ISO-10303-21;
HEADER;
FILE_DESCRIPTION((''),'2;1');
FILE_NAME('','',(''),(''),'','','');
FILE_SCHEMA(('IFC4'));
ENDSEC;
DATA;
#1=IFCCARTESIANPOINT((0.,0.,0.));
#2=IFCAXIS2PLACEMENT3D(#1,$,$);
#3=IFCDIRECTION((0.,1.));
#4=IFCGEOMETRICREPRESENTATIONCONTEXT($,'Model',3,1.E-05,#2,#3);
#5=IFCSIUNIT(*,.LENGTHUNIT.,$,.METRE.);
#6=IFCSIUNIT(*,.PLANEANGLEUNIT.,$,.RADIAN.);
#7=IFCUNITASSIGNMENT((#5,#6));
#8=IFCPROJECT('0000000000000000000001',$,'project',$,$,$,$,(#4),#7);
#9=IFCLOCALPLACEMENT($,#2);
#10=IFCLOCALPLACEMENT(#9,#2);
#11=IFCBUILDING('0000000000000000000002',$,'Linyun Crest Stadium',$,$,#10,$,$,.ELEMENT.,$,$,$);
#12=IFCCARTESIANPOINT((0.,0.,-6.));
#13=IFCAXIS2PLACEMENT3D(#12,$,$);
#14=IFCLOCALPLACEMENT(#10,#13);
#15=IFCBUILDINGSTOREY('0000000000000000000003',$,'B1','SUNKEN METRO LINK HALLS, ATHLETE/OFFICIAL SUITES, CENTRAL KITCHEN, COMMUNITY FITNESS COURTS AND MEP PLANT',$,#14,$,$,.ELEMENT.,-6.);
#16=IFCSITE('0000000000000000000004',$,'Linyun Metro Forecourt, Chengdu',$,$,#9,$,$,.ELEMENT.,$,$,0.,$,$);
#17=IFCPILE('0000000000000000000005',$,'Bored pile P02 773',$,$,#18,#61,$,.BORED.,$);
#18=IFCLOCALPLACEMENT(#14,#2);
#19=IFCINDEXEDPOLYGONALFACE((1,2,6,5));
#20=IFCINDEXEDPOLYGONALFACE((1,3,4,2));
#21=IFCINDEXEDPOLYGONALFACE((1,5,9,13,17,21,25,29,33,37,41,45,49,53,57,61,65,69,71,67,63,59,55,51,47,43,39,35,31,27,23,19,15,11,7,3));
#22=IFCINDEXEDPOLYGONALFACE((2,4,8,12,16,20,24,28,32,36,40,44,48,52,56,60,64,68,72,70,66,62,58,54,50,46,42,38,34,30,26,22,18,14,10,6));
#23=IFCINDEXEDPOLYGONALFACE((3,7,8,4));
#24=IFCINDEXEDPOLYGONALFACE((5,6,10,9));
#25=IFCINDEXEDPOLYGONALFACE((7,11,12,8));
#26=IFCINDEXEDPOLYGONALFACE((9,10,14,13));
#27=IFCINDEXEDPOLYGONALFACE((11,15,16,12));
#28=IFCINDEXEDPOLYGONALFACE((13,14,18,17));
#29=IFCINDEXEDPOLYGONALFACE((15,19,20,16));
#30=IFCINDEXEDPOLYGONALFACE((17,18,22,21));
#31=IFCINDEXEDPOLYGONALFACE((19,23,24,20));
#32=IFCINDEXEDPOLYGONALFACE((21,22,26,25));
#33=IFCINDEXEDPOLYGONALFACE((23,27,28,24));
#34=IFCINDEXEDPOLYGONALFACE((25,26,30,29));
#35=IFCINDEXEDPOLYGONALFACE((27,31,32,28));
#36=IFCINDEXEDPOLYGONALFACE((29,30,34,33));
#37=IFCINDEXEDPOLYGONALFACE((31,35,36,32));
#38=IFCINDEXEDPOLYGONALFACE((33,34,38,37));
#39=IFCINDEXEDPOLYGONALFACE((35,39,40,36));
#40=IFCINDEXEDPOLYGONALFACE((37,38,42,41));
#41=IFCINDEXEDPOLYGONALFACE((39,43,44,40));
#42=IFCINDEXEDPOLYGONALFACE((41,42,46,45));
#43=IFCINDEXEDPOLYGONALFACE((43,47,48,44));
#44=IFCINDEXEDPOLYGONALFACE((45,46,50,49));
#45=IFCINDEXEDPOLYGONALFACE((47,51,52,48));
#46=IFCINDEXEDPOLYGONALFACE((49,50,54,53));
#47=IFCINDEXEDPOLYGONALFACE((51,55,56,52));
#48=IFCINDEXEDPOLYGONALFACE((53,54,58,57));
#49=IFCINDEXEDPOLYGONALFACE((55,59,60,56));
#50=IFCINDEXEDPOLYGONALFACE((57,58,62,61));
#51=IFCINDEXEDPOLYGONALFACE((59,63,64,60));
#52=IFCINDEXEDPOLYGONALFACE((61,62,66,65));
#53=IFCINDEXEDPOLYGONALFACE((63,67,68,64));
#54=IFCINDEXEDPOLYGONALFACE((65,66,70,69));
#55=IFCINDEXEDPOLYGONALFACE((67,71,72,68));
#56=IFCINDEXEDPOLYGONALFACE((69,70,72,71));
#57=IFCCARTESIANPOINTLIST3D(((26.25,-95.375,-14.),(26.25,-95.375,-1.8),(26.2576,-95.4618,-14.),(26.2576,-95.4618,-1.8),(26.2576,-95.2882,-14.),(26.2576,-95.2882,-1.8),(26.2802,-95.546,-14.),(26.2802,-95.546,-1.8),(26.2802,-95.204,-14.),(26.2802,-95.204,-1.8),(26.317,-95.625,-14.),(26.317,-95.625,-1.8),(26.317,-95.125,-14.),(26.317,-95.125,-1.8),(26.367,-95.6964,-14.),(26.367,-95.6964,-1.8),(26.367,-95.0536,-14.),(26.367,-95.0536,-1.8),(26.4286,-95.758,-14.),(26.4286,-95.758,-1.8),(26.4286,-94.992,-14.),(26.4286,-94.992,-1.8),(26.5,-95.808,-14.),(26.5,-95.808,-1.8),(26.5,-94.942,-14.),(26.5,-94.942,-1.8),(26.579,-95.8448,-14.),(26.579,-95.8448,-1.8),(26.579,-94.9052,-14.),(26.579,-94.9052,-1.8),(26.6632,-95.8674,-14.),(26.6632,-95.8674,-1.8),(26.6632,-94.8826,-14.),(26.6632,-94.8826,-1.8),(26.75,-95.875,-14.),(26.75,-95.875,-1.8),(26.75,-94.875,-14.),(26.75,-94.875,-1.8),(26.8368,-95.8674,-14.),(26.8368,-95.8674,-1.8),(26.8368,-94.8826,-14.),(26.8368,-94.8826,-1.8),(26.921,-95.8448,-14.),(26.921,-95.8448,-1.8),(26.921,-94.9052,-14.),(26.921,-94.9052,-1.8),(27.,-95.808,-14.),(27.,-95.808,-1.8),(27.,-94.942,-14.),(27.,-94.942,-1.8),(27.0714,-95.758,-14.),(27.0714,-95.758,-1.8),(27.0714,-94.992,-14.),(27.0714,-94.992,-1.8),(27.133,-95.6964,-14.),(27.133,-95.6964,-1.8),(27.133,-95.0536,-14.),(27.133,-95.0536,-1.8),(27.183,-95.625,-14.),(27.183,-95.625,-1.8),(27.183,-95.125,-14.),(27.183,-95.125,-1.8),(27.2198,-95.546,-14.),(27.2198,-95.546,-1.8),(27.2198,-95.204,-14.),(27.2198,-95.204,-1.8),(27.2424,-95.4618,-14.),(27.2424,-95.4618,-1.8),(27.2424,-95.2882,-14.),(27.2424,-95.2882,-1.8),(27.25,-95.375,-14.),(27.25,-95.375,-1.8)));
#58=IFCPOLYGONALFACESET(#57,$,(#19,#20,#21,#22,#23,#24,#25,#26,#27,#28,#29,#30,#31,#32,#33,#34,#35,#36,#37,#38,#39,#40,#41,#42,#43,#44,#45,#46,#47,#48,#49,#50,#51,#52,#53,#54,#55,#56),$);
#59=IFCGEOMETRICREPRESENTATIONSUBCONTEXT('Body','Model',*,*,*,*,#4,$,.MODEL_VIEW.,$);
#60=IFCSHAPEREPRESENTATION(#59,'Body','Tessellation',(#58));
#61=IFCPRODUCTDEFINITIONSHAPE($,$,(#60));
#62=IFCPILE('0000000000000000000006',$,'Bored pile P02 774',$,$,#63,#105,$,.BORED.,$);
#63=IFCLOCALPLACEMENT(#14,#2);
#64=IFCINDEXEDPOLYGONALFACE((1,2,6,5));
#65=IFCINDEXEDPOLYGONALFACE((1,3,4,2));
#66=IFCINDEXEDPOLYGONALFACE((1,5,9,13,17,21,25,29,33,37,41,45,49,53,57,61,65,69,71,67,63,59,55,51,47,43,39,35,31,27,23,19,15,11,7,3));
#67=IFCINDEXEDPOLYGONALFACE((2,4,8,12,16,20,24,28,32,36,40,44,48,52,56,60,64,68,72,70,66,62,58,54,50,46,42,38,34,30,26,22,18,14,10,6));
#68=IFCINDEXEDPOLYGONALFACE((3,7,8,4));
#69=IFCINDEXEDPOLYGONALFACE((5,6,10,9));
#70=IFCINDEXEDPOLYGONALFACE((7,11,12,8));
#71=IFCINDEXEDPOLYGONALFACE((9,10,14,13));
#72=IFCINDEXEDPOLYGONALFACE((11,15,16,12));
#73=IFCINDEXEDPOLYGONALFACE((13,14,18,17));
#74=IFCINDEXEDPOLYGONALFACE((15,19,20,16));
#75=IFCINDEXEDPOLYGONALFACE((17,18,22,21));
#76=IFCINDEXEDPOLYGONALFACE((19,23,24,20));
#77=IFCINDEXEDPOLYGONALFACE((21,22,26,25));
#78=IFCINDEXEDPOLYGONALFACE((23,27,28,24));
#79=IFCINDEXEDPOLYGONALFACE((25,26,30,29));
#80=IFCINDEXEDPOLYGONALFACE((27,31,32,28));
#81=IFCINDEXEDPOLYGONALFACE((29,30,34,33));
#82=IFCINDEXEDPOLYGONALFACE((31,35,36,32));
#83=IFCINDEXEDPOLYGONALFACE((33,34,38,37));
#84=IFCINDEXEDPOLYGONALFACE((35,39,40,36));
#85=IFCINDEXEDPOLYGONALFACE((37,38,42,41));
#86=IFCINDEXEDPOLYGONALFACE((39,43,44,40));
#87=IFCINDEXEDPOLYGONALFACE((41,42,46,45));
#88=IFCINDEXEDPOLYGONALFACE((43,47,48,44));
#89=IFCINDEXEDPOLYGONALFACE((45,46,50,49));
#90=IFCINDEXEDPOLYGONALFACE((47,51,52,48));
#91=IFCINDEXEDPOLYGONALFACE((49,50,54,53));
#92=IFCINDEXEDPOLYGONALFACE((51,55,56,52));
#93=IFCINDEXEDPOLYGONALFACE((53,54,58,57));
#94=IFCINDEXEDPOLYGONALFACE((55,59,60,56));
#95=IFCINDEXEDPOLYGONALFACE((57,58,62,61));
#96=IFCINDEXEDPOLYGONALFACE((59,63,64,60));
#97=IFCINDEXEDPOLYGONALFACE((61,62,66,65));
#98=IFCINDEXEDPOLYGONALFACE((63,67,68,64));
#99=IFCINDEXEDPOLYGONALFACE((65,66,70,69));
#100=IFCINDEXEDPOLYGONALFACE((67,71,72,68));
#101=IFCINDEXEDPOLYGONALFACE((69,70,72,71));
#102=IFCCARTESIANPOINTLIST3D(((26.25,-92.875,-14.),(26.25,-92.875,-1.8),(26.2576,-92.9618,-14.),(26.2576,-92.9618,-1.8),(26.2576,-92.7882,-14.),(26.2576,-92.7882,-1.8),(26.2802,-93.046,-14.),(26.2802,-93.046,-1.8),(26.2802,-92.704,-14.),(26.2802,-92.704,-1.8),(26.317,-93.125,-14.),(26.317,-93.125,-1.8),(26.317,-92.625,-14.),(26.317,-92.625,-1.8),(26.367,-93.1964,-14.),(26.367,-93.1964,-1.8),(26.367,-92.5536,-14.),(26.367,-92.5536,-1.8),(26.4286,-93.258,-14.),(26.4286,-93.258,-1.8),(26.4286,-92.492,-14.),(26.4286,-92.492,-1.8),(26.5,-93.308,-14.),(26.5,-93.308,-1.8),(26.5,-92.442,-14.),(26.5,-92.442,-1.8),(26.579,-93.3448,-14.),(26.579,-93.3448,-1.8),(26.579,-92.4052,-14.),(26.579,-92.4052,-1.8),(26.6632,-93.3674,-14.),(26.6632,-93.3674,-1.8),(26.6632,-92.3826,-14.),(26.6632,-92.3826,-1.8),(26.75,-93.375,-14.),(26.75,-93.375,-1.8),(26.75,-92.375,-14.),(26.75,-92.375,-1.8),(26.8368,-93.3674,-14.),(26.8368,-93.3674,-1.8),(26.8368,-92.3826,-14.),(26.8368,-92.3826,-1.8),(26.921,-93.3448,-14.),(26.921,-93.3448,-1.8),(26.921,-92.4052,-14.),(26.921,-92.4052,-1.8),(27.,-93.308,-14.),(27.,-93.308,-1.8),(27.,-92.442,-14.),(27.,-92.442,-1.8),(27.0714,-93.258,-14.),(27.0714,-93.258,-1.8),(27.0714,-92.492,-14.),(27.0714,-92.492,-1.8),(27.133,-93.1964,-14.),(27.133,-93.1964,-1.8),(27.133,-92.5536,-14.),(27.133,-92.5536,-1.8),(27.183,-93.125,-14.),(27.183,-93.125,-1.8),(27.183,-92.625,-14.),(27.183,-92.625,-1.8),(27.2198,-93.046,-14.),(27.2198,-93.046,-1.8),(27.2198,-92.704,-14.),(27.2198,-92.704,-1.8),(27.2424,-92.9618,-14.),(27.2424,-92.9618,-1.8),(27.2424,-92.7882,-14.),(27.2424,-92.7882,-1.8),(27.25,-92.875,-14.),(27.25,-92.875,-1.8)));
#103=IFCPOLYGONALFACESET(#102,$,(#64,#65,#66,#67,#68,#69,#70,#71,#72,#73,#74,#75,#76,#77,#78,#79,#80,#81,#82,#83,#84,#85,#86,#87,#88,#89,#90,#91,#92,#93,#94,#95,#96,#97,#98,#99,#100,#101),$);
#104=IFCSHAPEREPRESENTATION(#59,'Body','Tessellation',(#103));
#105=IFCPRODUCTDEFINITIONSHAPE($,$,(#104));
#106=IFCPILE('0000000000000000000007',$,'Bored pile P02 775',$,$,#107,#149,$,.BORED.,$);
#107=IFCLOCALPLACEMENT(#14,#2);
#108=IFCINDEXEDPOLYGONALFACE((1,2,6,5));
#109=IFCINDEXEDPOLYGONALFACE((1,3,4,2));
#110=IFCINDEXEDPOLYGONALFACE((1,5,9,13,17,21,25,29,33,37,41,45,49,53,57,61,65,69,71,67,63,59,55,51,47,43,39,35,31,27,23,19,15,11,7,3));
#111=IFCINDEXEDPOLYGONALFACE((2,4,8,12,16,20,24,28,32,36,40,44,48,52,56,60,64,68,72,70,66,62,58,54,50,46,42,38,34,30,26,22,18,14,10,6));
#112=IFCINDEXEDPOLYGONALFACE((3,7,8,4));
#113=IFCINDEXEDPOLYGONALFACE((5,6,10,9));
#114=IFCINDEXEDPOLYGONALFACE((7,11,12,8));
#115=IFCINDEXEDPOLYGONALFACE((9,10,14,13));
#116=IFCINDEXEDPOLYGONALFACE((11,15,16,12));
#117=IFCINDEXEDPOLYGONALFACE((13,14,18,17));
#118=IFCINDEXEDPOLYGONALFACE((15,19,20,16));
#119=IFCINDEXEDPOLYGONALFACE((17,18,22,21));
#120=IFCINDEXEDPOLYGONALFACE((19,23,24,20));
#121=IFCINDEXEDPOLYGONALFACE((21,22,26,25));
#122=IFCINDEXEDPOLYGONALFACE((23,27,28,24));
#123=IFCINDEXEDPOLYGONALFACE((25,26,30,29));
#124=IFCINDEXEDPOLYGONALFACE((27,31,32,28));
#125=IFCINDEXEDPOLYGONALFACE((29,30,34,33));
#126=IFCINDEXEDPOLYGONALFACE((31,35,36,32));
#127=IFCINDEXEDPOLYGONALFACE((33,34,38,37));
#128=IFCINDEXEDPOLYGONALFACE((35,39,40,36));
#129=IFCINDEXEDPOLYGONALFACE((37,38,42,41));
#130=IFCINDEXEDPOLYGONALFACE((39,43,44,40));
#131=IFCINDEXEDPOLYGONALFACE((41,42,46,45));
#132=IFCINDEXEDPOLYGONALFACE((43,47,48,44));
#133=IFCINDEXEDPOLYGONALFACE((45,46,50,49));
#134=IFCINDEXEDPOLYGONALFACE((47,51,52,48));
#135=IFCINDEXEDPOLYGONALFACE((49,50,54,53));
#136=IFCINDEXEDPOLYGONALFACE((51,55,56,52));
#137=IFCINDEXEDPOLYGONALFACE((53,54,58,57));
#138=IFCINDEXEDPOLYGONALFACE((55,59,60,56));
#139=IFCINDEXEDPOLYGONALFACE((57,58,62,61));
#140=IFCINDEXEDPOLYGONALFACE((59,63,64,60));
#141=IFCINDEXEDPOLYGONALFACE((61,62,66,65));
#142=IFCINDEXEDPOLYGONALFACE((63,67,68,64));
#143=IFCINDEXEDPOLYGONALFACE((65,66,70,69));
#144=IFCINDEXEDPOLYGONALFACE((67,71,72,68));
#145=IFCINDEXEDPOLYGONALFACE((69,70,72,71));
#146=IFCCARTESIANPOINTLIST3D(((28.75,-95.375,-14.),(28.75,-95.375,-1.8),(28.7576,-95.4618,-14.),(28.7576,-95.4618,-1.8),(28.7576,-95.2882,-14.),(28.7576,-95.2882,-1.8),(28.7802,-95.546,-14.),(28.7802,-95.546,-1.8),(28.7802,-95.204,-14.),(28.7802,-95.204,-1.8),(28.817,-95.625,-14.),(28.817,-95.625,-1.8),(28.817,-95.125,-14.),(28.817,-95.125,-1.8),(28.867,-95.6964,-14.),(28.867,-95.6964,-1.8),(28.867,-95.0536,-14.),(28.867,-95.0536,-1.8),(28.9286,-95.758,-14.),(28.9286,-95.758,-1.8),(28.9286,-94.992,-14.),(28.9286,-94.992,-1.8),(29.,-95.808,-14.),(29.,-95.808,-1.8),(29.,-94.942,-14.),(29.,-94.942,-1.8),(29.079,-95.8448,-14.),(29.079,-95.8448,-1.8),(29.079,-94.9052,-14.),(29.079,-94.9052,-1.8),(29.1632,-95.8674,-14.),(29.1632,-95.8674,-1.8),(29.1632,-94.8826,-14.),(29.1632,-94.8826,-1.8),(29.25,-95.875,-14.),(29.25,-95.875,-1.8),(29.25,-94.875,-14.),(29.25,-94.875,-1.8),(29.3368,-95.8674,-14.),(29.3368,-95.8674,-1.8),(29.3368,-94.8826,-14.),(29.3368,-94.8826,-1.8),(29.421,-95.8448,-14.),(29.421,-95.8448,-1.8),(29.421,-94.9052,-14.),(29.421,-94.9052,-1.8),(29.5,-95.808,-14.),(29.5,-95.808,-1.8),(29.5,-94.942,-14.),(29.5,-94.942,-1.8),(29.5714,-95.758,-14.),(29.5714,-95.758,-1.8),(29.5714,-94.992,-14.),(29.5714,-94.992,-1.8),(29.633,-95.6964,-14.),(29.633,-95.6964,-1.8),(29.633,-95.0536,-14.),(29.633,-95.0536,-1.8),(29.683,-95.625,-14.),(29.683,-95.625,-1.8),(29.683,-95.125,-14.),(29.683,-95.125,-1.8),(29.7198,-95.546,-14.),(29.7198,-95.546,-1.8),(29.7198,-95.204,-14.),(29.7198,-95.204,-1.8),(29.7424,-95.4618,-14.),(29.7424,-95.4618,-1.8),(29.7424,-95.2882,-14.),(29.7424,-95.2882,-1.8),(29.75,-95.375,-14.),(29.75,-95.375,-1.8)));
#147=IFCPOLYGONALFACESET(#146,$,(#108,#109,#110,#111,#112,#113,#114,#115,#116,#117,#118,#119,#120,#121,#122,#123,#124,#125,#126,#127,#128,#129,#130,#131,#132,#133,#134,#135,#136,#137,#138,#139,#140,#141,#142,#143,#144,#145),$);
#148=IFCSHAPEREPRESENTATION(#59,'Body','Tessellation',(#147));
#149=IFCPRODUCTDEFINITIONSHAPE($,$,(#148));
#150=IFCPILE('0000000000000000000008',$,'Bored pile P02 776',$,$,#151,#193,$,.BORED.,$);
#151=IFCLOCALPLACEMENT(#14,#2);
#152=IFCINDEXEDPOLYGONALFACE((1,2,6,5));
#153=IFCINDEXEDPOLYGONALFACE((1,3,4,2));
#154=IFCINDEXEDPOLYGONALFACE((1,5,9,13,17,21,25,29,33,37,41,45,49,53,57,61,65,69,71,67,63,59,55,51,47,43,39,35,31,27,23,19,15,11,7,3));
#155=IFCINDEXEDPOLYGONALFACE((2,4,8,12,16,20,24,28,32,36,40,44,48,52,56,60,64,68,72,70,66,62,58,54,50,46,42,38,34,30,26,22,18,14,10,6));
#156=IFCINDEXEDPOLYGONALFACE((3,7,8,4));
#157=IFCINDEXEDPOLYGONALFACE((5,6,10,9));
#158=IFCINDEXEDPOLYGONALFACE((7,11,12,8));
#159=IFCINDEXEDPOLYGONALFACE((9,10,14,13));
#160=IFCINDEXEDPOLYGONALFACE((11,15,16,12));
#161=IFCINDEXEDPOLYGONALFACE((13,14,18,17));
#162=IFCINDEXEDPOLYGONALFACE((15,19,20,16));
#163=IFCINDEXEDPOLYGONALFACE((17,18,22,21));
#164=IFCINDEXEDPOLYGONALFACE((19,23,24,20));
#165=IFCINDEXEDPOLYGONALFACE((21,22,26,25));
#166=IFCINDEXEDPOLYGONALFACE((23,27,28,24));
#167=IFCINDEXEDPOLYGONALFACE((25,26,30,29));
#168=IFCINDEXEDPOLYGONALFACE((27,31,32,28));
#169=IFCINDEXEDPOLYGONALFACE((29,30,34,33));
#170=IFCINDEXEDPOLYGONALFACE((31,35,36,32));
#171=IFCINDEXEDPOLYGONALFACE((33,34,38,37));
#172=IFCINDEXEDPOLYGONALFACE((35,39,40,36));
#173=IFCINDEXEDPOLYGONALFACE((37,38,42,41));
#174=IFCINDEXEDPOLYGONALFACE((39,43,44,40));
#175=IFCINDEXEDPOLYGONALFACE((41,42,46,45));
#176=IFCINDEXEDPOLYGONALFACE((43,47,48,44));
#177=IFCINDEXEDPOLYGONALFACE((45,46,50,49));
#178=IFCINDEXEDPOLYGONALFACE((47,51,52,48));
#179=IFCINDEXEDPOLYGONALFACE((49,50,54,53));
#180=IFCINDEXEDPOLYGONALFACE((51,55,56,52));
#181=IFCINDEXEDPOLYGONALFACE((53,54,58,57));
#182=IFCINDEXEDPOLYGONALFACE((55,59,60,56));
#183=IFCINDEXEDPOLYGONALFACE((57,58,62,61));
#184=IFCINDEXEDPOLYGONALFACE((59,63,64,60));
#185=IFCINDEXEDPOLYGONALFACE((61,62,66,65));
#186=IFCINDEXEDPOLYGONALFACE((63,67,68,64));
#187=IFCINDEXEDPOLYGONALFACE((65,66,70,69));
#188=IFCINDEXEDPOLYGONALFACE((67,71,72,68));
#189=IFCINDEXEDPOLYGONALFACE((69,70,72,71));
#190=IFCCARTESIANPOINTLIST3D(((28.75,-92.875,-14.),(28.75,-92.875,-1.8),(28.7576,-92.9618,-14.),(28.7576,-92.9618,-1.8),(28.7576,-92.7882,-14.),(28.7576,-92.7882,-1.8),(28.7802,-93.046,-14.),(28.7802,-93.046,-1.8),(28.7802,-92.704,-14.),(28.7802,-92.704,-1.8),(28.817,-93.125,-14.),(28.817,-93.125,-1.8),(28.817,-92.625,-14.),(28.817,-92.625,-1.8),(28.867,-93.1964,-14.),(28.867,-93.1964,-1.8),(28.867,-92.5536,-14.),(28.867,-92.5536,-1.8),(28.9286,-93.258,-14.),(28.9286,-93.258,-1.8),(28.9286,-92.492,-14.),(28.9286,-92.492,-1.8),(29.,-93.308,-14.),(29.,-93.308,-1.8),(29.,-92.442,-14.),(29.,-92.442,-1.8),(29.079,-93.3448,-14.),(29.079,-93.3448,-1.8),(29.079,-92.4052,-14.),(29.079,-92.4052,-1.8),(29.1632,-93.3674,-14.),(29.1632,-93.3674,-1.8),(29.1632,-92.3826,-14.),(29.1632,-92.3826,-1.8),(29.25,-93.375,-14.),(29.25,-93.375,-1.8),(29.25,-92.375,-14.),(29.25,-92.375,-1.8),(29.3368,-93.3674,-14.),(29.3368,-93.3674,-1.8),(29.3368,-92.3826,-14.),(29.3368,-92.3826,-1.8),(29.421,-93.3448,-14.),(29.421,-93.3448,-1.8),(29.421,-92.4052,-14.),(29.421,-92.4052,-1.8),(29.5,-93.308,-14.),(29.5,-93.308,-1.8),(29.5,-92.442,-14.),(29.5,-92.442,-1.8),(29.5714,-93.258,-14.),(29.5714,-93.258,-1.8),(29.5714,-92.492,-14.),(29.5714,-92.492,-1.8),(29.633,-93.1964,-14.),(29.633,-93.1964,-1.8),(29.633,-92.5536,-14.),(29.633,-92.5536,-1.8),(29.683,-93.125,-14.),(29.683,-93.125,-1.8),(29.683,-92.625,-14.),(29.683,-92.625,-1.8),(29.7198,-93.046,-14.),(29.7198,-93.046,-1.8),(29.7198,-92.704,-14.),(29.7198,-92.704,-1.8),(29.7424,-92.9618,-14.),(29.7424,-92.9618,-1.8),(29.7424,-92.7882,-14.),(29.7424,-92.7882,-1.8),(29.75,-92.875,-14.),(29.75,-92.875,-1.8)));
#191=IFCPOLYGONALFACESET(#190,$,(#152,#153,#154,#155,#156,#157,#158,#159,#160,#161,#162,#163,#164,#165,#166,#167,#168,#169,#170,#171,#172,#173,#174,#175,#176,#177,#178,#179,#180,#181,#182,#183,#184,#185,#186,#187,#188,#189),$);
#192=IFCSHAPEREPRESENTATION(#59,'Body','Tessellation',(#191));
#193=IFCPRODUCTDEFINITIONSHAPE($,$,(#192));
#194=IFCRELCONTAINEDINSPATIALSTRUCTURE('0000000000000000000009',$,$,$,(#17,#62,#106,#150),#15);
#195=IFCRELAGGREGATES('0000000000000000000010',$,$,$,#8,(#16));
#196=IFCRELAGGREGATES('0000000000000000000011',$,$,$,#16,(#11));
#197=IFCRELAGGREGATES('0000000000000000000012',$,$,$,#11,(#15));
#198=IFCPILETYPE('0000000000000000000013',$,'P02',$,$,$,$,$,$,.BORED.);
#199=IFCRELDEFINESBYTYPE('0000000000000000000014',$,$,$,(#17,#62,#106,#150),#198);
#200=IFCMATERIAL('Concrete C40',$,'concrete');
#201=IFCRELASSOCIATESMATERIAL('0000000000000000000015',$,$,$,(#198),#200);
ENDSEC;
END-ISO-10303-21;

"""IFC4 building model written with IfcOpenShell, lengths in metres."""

from ifc_helpers import new_model, si_unit, direction, frame, origin, origin_2d, place, context, subcontext, project, spatial, circle, extrude, material, material_profile, profile_set, type_object, element, save


model = new_model("IFC4")

# Units and contexts
model_context = context("Model", 3, precision=1e-05, world=origin(), true_north=direction((0.0, 1.0)))
body_context = subcontext(model_context, "Body", "Model", "MODEL_VIEW")
ifc_project = project(units=[si_unit("LENGTHUNIT", "METRE"), si_unit("PLANEANGLEUNIT", "RADIAN")], contexts=[model_context])

# Site, building, storey
site_placement = place(None, origin())
site = spatial("IfcSite", under=ifc_project, at=site_placement, Name="Linyun Metro Forecourt, Chengdu", CompositionType="ELEMENT", RefElevation=0.0)
building_placement = place(site_placement, origin())
building = spatial("IfcBuilding", under=site, at=building_placement, Name="Linyun Crest Stadium", CompositionType="ELEMENT")
storey_placement = place(building_placement, frame((0.0, 0.0, -6.0)))
storey = spatial("IfcBuildingStorey", under=building, at=storey_placement, Name="B1", Description="SUNKEN METRO LINK HALLS, ATHLETE/OFFICIAL SUITES, CENTRAL KITCHEN, COMMUNITY FITNESS COURTS AND MEP PLANT", CompositionType="ELEMENT", Elevation=-6.0)

# Piles
ifc_material_1 = material(Name="Concrete C40", Category="concrete")
ifc_material_profile_1 = material_profile(ifc_material_1, circle(Radius=0.5, at=origin_2d()), Name="BORED PILE 1000")
ifc_profile_set_1 = profile_set([ifc_material_profile_1], Name="Concrete C40")
pile_type = type_object("IfcPileType", Name="P02", PredefinedType="BORED", material=ifc_profile_set_1)
for number, where, z_axis, x_axis, name in (
    (1, (26.75, -95.375, -1.8), (0.0, 0.0, -1.0), (1.0, 0.0, 0.0), "Bored pile P02 773"),
    (2, (26.75, -92.875, -1.8), (0.0, 0.0, -1.0), (1.0, 0.0, 0.0), "Bored pile P02 774"),
    (3, (29.25, -95.375, -1.8), (0.0, 0.0, -1.0), (1.0, 0.0, 0.0), "Bored pile P02 775"),
    (4, (29.25, -92.875, -1.8), (0.0, 0.0, -1.0), (1.0, 0.0, 0.0), "Bored pile P02 776"),
):
    element("IfcPile", number, at=place(storey_placement, frame(where, z_axis=z_axis, x_axis=x_axis)), inside=storey, type_object=pile_type, Name=name, PredefinedType="BORED", context=body_context, shape_type="SweptSolid", body=[
        extrude(circle(Radius=0.5, at=origin_2d()), origin(), (0.0, 0.0, 1.0), 12.2),
    ])

save(model, "model.ifc")
